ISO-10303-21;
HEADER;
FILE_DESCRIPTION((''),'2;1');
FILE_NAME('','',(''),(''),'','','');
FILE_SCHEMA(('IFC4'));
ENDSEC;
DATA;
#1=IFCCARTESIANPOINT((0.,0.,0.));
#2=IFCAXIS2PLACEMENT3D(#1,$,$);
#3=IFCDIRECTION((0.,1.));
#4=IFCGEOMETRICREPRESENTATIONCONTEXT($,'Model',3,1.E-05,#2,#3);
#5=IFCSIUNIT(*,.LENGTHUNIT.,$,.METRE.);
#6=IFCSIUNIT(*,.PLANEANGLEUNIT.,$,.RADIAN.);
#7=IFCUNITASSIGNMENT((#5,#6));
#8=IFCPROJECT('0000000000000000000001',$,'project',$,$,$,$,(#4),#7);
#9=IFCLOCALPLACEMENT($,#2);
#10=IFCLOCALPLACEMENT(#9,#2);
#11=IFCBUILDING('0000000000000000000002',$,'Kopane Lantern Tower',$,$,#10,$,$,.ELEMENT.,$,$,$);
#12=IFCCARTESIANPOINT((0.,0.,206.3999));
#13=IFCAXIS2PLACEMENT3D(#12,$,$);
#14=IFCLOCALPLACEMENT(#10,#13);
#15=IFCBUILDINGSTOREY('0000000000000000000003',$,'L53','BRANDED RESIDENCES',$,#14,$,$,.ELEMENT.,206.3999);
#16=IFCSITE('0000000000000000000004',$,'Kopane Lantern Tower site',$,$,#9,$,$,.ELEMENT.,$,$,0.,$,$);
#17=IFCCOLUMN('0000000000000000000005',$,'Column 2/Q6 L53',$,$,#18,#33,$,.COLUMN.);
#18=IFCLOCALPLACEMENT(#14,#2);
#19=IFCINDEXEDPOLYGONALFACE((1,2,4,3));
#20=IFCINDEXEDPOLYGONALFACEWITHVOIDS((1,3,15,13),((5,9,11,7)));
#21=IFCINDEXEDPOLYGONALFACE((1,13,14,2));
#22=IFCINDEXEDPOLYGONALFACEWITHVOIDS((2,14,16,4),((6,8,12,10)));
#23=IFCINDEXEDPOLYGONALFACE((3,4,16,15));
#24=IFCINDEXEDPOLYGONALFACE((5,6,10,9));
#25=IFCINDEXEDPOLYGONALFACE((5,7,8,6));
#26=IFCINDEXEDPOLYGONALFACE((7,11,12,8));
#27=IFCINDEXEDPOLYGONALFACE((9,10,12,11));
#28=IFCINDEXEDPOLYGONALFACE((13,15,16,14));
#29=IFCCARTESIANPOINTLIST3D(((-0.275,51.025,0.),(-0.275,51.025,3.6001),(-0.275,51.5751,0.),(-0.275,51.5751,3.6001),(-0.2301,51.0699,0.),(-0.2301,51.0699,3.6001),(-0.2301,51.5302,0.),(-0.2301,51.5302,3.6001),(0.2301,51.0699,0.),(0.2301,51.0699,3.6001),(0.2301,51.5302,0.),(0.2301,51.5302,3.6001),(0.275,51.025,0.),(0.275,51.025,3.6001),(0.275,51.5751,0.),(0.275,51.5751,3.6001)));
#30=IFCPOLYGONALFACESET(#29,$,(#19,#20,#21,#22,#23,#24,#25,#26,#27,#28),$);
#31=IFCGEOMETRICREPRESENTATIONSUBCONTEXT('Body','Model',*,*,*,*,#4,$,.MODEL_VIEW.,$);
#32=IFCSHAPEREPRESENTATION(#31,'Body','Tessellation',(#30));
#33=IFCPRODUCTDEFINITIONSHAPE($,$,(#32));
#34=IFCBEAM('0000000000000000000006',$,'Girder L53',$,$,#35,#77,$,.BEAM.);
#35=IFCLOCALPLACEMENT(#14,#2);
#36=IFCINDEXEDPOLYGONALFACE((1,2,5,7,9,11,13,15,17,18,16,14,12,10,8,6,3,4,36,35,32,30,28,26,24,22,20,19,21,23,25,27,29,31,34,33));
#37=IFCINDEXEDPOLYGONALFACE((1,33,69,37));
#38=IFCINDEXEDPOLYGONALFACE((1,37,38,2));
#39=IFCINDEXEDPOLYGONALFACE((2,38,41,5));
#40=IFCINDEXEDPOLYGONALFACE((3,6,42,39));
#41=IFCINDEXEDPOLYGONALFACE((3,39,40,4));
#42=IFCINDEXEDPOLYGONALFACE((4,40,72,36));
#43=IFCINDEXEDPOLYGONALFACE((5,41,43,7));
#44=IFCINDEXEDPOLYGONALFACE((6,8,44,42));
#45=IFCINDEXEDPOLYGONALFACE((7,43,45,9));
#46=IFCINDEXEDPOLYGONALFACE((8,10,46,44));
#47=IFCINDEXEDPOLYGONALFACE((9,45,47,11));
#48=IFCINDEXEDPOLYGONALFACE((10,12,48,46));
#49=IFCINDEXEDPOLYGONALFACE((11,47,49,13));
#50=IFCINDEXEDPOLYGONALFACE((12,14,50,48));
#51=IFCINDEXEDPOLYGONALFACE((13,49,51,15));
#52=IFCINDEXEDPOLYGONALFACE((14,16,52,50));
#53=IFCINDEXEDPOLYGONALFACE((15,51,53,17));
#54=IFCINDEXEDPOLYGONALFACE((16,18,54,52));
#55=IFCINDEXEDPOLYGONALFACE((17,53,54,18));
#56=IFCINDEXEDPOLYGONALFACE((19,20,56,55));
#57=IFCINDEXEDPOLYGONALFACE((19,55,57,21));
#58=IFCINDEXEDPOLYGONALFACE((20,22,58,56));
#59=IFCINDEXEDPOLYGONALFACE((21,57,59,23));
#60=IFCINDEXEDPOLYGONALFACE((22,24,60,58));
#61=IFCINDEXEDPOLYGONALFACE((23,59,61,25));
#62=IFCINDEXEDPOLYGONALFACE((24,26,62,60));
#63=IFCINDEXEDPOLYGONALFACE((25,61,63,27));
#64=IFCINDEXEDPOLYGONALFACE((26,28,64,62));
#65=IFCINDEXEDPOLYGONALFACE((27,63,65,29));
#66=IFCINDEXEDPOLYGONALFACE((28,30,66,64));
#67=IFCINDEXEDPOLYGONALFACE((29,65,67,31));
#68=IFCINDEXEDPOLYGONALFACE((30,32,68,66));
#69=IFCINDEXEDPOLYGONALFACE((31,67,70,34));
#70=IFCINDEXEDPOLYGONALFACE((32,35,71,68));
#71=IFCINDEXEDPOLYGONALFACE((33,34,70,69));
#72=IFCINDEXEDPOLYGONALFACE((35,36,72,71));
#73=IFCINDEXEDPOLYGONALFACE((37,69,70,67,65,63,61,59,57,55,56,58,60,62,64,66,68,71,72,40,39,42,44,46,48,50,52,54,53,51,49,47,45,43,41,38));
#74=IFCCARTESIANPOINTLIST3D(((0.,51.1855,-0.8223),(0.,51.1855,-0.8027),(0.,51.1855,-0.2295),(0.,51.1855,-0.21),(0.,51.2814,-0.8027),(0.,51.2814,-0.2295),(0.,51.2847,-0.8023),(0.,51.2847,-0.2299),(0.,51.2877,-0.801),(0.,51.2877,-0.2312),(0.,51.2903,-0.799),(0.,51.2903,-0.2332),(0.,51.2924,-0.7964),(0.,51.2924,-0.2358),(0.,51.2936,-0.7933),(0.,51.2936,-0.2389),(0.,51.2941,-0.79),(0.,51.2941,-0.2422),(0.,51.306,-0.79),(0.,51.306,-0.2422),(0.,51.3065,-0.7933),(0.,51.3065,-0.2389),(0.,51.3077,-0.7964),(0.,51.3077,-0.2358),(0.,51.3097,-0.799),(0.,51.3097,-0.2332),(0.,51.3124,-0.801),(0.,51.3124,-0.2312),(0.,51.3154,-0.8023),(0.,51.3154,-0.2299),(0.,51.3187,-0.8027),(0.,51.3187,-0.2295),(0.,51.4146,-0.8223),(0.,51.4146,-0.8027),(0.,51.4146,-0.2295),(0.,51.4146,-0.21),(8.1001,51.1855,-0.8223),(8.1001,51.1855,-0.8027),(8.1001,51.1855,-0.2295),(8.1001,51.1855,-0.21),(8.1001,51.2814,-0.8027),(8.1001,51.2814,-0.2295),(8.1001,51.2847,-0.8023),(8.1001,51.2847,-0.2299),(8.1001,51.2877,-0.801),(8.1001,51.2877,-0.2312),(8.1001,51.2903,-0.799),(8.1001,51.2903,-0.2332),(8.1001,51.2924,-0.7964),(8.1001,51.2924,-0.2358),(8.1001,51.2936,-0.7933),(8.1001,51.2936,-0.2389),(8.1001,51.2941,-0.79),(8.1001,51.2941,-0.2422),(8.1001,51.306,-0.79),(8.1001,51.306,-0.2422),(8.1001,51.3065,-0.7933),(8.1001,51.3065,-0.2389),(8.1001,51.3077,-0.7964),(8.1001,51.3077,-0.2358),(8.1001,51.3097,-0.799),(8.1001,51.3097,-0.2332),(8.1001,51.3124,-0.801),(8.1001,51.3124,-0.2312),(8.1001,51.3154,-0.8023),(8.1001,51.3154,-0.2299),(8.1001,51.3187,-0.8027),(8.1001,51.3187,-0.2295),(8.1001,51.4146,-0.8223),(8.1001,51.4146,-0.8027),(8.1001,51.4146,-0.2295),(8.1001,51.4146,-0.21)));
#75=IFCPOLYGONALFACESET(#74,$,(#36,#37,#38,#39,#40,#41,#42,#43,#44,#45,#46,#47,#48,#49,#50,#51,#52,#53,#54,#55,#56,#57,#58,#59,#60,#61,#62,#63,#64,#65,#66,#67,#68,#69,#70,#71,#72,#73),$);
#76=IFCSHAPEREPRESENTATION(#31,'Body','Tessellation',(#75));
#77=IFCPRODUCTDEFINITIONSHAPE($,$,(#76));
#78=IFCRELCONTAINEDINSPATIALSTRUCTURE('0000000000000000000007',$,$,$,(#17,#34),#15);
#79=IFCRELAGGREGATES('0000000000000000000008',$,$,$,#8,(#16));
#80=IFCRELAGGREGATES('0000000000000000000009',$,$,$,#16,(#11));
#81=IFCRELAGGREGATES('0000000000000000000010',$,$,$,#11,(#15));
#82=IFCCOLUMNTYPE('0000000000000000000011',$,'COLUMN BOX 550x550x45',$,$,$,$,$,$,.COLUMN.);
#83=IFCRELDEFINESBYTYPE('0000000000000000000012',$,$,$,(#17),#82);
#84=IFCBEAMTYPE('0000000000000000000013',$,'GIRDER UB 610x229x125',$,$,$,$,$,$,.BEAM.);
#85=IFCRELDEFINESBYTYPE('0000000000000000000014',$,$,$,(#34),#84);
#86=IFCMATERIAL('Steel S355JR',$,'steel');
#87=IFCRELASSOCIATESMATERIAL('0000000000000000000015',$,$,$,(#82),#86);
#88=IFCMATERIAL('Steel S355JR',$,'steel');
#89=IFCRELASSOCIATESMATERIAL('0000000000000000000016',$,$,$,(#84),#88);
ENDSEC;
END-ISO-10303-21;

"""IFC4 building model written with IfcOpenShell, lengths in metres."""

from ifc_helpers import new_model, si_unit, direction, frame, origin, origin_2d, place, context, subcontext, project, spatial, hollow_rectangle, i_section, extrude, material, material_profile, profile_set, type_object, element, save


model = new_model("IFC4")

# Units and contexts
model_context = context("Model", 3, precision=1e-05, world=origin(), true_north=direction((0.0, 1.0)))
body_context = subcontext(model_context, "Body", "Model", "MODEL_VIEW")
ifc_project = project(units=[si_unit("LENGTHUNIT", "METRE"), si_unit("PLANEANGLEUNIT", "RADIAN")], contexts=[model_context])

# Site, building, storey
site_placement = place(None, origin())
site = spatial("IfcSite", under=ifc_project, at=site_placement, Name="Kopane Lantern Tower site", CompositionType="ELEMENT", RefElevation=0.0)
building_placement = place(site_placement, origin())
building = spatial("IfcBuilding", under=site, at=building_placement, Name="Kopane Lantern Tower", CompositionType="ELEMENT")
storey_placement = place(building_placement, frame((0.0, 0.0, 206.3999)))
storey = spatial("IfcBuildingStorey", under=building, at=storey_placement, Name="L53", Description="BRANDED RESIDENCES", CompositionType="ELEMENT", Elevation=206.3999)

# Column
ifc_material_1 = material(Name="Steel S355JR", Category="steel")
ifc_material_profile_1 = material_profile(ifc_material_1, hollow_rectangle(XDim=0.55, YDim=0.55, WallThickness=0.0449, at=origin_2d()), Name="BOX 550x550x45")
ifc_profile_set_1 = profile_set([ifc_material_profile_1], Name="Steel S355JR")
column_type = type_object("IfcColumnType", Name="COLUMN BOX 550x550x45", PredefinedType="COLUMN", material=ifc_profile_set_1)
column_placement = place(storey_placement, frame((0.0, 51.3, 0.0), z_axis=(0.0, 0.0, 1.0), x_axis=(1.0, 0.0, 0.0)))
element("IfcColumn", 1, at=column_placement, inside=storey, type_object=column_type, Name="Column 2/Q6 L53", PredefinedType="COLUMN", context=body_context, shape_type="SweptSolid", body=[
    extrude(hollow_rectangle(XDim=0.55, YDim=0.55, WallThickness=0.0449, at=origin_2d()), origin(), (0.0, 0.0, 1.0), 3.6001),
])

# Beam
ifc_material_2 = material(Name="Steel S355JR", Category="steel")
ifc_material_profile_2 = material_profile(ifc_material_2, i_section(OverallWidth=0.229, OverallDepth=0.6123, WebThickness=0.012, FlangeThickness=0.0195, FilletRadius=0.0127, at=origin_2d()), Name="UB 610x229x125")
ifc_profile_set_2 = profile_set([ifc_material_profile_2], Name="Steel S355JR")
beam_type = type_object("IfcBeamType", Name="GIRDER UB 610x229x125", PredefinedType="BEAM", material=ifc_profile_set_2)
beam_placement = place(storey_placement, frame((0.0, 51.3, -0.5161), z_axis=(1.0, 0.0, 0.0), x_axis=(0.0, 1.0, 0.0)))
element("IfcBeam", 2, at=beam_placement, inside=storey, type_object=beam_type, Name="Girder L53", PredefinedType="BEAM", context=body_context, shape_type="SweptSolid", body=[
    extrude(i_section(OverallWidth=0.229, OverallDepth=0.6123, WebThickness=0.012, FlangeThickness=0.0195, FilletRadius=0.0127, at=origin_2d()), origin(), (0.0, 0.0, 1.0), 8.1001),
])

save(model, "model.ifc")
